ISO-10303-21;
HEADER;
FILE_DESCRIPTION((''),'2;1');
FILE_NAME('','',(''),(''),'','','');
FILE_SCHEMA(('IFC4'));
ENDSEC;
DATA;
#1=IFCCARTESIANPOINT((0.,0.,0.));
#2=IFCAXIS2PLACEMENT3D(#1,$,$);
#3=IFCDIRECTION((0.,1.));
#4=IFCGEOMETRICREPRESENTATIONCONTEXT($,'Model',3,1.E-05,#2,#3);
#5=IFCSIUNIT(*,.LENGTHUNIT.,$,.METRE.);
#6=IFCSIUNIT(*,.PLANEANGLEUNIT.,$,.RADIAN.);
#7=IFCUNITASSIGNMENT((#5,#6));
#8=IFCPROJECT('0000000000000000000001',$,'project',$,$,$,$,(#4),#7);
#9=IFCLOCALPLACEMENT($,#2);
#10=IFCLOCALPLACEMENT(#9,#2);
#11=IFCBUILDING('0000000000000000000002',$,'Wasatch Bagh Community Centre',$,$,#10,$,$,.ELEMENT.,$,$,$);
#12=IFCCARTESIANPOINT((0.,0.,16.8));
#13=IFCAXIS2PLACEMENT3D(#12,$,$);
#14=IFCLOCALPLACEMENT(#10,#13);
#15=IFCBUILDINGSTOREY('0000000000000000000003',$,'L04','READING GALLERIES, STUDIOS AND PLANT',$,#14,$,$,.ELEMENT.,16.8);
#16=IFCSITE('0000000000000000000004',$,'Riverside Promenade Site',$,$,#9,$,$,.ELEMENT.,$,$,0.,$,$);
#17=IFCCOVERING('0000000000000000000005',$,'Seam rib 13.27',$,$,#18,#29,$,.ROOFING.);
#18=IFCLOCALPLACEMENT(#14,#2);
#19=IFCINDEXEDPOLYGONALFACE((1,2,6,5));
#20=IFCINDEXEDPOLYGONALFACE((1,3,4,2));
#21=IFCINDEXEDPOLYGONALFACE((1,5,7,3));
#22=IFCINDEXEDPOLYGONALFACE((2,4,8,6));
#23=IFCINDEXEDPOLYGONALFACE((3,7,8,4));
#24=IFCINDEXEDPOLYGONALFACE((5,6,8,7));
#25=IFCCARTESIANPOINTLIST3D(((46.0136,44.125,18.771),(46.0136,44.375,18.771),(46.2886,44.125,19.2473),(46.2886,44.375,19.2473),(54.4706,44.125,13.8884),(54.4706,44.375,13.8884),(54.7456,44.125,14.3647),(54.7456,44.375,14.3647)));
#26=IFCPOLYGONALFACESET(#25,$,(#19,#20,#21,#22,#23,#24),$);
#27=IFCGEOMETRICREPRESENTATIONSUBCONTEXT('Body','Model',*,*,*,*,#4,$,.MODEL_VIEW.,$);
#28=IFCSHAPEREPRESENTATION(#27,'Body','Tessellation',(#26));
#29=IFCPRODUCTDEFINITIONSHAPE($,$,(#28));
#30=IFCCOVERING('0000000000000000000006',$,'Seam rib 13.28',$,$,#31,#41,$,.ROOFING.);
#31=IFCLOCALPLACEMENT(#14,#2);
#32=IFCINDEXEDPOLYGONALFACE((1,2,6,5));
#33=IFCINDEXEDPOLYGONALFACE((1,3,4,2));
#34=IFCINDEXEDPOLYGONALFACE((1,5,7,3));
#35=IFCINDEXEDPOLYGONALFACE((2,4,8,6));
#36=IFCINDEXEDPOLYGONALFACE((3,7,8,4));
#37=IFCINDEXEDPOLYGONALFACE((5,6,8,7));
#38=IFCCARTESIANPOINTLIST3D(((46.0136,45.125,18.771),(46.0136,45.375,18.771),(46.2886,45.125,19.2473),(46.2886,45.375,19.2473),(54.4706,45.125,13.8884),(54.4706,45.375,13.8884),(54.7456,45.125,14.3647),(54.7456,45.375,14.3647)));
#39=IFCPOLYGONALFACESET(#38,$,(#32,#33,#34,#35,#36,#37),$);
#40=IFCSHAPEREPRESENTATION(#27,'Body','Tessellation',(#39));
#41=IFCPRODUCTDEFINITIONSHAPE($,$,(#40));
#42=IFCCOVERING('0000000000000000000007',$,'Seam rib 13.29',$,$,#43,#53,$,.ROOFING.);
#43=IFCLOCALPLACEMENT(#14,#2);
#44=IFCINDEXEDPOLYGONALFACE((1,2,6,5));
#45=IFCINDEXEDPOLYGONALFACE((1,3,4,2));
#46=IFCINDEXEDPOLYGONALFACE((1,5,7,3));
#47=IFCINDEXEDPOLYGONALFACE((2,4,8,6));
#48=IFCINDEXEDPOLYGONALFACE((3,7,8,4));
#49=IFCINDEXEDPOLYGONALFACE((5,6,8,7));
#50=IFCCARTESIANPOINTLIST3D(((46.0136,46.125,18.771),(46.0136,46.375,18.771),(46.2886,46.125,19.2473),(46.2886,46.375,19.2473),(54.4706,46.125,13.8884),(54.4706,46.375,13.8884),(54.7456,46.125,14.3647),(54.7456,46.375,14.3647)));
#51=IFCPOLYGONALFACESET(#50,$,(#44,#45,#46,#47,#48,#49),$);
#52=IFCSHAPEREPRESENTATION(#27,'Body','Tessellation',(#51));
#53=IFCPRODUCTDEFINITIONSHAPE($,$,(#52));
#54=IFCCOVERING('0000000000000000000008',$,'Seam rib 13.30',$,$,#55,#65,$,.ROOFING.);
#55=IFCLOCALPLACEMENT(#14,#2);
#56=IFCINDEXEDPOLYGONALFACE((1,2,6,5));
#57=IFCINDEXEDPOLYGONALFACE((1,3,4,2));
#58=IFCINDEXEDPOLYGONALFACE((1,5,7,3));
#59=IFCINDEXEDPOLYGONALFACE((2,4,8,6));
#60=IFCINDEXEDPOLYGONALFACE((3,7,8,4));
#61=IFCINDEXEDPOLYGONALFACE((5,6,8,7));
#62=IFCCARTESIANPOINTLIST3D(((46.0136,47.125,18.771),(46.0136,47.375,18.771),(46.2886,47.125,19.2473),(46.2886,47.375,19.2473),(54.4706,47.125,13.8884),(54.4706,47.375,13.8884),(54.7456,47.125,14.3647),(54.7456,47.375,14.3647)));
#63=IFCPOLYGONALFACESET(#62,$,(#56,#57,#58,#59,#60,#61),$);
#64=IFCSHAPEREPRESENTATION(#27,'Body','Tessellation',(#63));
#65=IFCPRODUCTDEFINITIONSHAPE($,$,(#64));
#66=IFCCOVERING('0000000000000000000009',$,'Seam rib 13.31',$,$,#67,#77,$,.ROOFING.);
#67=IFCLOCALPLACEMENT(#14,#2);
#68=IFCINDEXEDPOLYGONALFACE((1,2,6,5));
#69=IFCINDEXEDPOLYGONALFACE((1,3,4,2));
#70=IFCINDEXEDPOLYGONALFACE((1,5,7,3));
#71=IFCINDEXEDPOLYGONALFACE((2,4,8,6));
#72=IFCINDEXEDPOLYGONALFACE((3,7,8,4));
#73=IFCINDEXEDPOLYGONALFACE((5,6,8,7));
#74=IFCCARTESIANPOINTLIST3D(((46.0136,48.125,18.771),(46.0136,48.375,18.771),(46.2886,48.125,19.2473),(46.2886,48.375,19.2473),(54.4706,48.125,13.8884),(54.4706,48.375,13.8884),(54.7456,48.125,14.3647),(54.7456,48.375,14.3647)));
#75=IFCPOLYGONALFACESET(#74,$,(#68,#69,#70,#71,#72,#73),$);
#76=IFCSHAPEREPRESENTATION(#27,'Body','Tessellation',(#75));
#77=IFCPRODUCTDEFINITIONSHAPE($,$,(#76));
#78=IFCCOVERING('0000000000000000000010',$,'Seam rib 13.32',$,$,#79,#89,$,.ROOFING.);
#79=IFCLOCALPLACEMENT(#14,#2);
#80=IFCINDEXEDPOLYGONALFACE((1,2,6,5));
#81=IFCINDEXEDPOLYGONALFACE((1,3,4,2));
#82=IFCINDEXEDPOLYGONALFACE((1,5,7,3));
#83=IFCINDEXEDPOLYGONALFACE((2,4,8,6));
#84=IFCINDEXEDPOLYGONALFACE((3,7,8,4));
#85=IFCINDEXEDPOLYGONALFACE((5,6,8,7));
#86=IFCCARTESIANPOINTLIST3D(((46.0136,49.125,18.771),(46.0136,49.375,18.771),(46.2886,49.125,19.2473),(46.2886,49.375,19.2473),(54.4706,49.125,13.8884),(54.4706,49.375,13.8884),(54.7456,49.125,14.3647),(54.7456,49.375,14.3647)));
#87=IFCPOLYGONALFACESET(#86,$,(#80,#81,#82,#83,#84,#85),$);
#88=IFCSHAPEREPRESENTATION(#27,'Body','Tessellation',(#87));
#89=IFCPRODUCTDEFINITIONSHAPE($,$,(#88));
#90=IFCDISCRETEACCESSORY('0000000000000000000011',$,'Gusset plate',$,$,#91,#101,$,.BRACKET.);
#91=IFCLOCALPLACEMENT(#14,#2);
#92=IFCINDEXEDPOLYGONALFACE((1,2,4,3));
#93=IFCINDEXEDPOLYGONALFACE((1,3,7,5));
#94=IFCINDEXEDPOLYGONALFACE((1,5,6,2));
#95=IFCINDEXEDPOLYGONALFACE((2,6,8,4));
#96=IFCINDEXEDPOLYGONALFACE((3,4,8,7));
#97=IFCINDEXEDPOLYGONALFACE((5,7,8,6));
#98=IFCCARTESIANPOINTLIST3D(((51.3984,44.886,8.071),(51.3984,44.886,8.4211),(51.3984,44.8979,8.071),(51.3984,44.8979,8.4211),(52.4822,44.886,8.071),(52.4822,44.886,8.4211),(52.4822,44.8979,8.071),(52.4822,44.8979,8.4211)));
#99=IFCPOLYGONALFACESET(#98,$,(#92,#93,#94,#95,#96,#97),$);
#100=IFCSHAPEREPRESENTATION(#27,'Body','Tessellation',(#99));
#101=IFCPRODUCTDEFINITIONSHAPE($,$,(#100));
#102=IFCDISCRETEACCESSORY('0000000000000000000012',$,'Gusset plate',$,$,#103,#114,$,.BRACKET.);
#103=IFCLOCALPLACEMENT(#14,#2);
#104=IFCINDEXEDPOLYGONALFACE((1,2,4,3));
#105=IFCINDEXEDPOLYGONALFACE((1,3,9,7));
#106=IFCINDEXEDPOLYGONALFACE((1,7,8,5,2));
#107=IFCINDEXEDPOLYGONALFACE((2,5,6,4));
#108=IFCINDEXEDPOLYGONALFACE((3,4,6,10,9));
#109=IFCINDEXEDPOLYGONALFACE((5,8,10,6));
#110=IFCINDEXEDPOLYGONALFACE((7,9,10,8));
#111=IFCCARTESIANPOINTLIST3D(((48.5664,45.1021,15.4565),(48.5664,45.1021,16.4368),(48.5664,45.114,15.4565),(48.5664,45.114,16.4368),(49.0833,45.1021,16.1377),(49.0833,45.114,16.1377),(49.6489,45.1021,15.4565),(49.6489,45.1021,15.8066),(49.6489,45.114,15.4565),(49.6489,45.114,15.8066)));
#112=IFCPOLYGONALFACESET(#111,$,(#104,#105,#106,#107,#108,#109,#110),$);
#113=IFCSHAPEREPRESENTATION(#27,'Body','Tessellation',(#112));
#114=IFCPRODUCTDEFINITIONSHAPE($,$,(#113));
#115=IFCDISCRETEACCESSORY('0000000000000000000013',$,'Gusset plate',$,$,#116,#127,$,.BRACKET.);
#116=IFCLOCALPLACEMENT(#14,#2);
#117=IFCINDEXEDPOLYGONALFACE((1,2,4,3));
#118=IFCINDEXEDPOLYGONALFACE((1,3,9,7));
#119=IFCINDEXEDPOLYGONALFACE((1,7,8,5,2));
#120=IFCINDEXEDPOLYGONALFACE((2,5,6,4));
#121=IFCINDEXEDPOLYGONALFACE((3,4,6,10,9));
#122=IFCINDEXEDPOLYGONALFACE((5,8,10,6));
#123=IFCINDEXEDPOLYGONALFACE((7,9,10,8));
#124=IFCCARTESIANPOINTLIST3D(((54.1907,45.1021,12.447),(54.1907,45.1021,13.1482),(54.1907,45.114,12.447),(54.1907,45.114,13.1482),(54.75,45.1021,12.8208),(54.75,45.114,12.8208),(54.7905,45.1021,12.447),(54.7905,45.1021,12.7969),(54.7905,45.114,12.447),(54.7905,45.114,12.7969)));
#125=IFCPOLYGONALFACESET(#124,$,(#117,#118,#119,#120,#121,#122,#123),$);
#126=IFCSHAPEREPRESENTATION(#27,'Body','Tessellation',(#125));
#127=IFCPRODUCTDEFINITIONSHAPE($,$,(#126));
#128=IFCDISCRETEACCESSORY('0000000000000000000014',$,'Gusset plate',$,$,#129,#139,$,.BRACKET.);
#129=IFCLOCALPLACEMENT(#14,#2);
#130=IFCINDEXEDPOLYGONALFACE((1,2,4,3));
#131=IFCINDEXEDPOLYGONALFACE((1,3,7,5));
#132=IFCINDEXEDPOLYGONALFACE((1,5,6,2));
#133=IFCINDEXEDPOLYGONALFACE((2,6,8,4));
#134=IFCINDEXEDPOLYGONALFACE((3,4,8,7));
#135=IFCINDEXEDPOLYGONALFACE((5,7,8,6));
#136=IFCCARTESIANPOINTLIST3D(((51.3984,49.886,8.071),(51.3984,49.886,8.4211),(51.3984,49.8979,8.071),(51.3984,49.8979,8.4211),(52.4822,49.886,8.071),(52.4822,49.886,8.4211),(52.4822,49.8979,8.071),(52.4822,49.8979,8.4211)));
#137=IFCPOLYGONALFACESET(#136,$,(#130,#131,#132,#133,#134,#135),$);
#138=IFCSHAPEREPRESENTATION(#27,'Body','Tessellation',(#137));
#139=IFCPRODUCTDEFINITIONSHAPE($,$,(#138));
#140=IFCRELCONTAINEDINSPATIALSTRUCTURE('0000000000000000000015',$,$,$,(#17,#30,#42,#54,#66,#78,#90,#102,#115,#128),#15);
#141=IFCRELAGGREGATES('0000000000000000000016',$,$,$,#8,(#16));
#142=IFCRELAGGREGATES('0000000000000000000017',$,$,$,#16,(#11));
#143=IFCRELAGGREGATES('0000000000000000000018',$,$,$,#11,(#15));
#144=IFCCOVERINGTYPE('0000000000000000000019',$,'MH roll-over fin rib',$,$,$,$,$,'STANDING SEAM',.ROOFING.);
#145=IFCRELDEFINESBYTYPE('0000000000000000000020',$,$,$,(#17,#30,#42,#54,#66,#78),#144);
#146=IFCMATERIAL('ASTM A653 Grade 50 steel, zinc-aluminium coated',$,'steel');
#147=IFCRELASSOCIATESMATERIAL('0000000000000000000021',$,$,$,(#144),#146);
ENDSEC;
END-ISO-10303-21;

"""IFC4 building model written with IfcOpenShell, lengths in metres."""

from ifc_helpers import new_model, si_unit, direction, frame, origin, place, context, subcontext, project, spatial, polyline, outline, extrude, material, type_object, element, save


model = new_model("IFC4")

# Units and contexts
model_context = context("Model", 3, precision=1e-05, world=origin(), true_north=direction((0.0, 1.0)))
body_context = subcontext(model_context, "Body", "Model", "MODEL_VIEW")
ifc_project = project(units=[si_unit("LENGTHUNIT", "METRE"), si_unit("PLANEANGLEUNIT", "RADIAN")], contexts=[model_context])

# Site, building, storey
site_placement = place(None, origin())
site = spatial("IfcSite", under=ifc_project, at=site_placement, Name="Riverside Promenade Site", CompositionType="ELEMENT", RefElevation=0.0)
building_placement = place(site_placement, origin())
building = spatial("IfcBuilding", under=site, at=building_placement, Name="Wasatch Bagh Community Centre", CompositionType="ELEMENT")
storey_placement = place(building_placement, frame((0.0, 0.0, 16.8)))
storey = spatial("IfcBuildingStorey", under=building, at=storey_placement, Name="L04", Description="READING GALLERIES, STUDIOS AND PLANT", CompositionType="ELEMENT", Elevation=16.8)

# Coverings
ifc_material_1 = material(Name="ASTM A653 Grade 50 steel, zinc-aluminium coated", Category="steel")
covering_type = type_object("IfcCoveringType", Name="MH roll-over fin rib", ElementType="STANDING SEAM", PredefinedType="ROOFING", material=ifc_material_1)
for number, where, z_axis, x_axis, name in (
    (1, (46.2886, 44.125, 19.2473), (0.499992, 0.0, 0.86603), (0.86603, 0.0, -0.499992), "Seam rib 13.27"),
    (2, (46.2886, 45.125, 19.2473), (0.499992, 0.0, 0.86603), (0.86603, 0.0, -0.499992), "Seam rib 13.28"),
    (3, (46.2886, 46.125, 19.2473), (0.499992, 0.0, 0.86603), (0.86603, 0.0, -0.499992), "Seam rib 13.29"),
    (4, (46.2886, 47.125, 19.2473), (0.499992, 0.0, 0.86603), (0.86603, 0.0, -0.499992), "Seam rib 13.30"),
    (5, (46.2886, 48.125, 19.2473), (0.499992, 0.0, 0.86603), (0.86603, 0.0, -0.499992), "Seam rib 13.31"),
    (6, (46.2886, 49.125, 19.2473), (0.499992, 0.0, 0.86603), (0.86603, 0.0, -0.499992), "Seam rib 13.32"),
):
    element("IfcCovering", number, at=place(storey_placement, frame(where, z_axis=z_axis, x_axis=x_axis)), inside=storey, type_object=covering_type, Name=name, PredefinedType="ROOFING", context=body_context, shape_type="SweptSolid", body=[
        extrude(outline(polyline([(0.0, 0.0), (9.7653, 0.0), (9.7653, 0.25), (0.0, 0.25), (0.0, 0.0)])), origin(), (0.0, 0.0, -1.0), 0.55),
    ])

# Discrete accessories
discrete_accessory_1_placement = place(storey_placement, frame((51.3984, 44.886, 8.071), z_axis=(0.0, -1.0, 0.0), x_axis=(1.0, 0.0, 0.0)))
element("IfcDiscreteAccessory", 7, at=discrete_accessory_1_placement, inside=storey, Name="Gusset plate", PredefinedType="BRACKET", context=body_context, shape_type="SweptSolid", body=[
    extrude(outline(polyline([(0.0, 0.0), (1.0837, 0.0), (1.0837, 0.3501), (0.0, 0.3501), (0.0, 0.0)])), origin(), (0.0, 0.0, -1.0), 0.012),
])
discrete_accessory_2_placement = place(storey_placement, frame((48.5664, 45.114, 16.4368), z_axis=(0.0, 1.0, 0.0), x_axis=(0.865538, 0.0, -0.500843)))
element("IfcDiscreteAccessory", 8, at=discrete_accessory_2_placement, inside=storey, Name="Gusset plate", PredefinedType="BRACKET", context=body_context, shape_type="SweptSolid", body=[
    extrude(outline(polyline([(0.0, 0.0), (0.5971, 0.0), (1.2526, 0.0032), (1.4279, 0.3062), (0.4909, 0.8484), (0.0, 0.0)])), origin(), (0.0, 0.0, -1.0), 0.012),
])
discrete_accessory_3_placement = place(storey_placement, frame((54.1907, 45.114, 13.1482), z_axis=(0.0, 1.0, 0.0), x_axis=(0.863026, 0.0, -0.505159)))
element("IfcDiscreteAccessory", 9, at=discrete_accessory_3_placement, inside=storey, Name="Gusset plate", PredefinedType="BRACKET", context=body_context, shape_type="SweptSolid", body=[
    extrude(outline(polyline([(0.0, 0.0), (0.6481, 0.0), (0.6952, 0.0002), (0.8719, 0.3021), (0.3542, 0.6051), (0.0, 0.0)])), origin(), (0.0, 0.0, -1.0), 0.012),
])
discrete_accessory_4_placement = place(storey_placement, frame((51.3984, 49.886, 8.071), z_axis=(0.0, -1.0, 0.0), x_axis=(1.0, 0.0, 0.0)))
element("IfcDiscreteAccessory", 10, at=discrete_accessory_4_placement, inside=storey, Name="Gusset plate", PredefinedType="BRACKET", context=body_context, shape_type="SweptSolid", body=[
    extrude(outline(polyline([(0.0, 0.0), (1.0837, 0.0), (1.0837, 0.3501), (0.0, 0.3501), (0.0, 0.0)])), origin(), (0.0, 0.0, -1.0), 0.012),
])

save(model, "model.ifc")
